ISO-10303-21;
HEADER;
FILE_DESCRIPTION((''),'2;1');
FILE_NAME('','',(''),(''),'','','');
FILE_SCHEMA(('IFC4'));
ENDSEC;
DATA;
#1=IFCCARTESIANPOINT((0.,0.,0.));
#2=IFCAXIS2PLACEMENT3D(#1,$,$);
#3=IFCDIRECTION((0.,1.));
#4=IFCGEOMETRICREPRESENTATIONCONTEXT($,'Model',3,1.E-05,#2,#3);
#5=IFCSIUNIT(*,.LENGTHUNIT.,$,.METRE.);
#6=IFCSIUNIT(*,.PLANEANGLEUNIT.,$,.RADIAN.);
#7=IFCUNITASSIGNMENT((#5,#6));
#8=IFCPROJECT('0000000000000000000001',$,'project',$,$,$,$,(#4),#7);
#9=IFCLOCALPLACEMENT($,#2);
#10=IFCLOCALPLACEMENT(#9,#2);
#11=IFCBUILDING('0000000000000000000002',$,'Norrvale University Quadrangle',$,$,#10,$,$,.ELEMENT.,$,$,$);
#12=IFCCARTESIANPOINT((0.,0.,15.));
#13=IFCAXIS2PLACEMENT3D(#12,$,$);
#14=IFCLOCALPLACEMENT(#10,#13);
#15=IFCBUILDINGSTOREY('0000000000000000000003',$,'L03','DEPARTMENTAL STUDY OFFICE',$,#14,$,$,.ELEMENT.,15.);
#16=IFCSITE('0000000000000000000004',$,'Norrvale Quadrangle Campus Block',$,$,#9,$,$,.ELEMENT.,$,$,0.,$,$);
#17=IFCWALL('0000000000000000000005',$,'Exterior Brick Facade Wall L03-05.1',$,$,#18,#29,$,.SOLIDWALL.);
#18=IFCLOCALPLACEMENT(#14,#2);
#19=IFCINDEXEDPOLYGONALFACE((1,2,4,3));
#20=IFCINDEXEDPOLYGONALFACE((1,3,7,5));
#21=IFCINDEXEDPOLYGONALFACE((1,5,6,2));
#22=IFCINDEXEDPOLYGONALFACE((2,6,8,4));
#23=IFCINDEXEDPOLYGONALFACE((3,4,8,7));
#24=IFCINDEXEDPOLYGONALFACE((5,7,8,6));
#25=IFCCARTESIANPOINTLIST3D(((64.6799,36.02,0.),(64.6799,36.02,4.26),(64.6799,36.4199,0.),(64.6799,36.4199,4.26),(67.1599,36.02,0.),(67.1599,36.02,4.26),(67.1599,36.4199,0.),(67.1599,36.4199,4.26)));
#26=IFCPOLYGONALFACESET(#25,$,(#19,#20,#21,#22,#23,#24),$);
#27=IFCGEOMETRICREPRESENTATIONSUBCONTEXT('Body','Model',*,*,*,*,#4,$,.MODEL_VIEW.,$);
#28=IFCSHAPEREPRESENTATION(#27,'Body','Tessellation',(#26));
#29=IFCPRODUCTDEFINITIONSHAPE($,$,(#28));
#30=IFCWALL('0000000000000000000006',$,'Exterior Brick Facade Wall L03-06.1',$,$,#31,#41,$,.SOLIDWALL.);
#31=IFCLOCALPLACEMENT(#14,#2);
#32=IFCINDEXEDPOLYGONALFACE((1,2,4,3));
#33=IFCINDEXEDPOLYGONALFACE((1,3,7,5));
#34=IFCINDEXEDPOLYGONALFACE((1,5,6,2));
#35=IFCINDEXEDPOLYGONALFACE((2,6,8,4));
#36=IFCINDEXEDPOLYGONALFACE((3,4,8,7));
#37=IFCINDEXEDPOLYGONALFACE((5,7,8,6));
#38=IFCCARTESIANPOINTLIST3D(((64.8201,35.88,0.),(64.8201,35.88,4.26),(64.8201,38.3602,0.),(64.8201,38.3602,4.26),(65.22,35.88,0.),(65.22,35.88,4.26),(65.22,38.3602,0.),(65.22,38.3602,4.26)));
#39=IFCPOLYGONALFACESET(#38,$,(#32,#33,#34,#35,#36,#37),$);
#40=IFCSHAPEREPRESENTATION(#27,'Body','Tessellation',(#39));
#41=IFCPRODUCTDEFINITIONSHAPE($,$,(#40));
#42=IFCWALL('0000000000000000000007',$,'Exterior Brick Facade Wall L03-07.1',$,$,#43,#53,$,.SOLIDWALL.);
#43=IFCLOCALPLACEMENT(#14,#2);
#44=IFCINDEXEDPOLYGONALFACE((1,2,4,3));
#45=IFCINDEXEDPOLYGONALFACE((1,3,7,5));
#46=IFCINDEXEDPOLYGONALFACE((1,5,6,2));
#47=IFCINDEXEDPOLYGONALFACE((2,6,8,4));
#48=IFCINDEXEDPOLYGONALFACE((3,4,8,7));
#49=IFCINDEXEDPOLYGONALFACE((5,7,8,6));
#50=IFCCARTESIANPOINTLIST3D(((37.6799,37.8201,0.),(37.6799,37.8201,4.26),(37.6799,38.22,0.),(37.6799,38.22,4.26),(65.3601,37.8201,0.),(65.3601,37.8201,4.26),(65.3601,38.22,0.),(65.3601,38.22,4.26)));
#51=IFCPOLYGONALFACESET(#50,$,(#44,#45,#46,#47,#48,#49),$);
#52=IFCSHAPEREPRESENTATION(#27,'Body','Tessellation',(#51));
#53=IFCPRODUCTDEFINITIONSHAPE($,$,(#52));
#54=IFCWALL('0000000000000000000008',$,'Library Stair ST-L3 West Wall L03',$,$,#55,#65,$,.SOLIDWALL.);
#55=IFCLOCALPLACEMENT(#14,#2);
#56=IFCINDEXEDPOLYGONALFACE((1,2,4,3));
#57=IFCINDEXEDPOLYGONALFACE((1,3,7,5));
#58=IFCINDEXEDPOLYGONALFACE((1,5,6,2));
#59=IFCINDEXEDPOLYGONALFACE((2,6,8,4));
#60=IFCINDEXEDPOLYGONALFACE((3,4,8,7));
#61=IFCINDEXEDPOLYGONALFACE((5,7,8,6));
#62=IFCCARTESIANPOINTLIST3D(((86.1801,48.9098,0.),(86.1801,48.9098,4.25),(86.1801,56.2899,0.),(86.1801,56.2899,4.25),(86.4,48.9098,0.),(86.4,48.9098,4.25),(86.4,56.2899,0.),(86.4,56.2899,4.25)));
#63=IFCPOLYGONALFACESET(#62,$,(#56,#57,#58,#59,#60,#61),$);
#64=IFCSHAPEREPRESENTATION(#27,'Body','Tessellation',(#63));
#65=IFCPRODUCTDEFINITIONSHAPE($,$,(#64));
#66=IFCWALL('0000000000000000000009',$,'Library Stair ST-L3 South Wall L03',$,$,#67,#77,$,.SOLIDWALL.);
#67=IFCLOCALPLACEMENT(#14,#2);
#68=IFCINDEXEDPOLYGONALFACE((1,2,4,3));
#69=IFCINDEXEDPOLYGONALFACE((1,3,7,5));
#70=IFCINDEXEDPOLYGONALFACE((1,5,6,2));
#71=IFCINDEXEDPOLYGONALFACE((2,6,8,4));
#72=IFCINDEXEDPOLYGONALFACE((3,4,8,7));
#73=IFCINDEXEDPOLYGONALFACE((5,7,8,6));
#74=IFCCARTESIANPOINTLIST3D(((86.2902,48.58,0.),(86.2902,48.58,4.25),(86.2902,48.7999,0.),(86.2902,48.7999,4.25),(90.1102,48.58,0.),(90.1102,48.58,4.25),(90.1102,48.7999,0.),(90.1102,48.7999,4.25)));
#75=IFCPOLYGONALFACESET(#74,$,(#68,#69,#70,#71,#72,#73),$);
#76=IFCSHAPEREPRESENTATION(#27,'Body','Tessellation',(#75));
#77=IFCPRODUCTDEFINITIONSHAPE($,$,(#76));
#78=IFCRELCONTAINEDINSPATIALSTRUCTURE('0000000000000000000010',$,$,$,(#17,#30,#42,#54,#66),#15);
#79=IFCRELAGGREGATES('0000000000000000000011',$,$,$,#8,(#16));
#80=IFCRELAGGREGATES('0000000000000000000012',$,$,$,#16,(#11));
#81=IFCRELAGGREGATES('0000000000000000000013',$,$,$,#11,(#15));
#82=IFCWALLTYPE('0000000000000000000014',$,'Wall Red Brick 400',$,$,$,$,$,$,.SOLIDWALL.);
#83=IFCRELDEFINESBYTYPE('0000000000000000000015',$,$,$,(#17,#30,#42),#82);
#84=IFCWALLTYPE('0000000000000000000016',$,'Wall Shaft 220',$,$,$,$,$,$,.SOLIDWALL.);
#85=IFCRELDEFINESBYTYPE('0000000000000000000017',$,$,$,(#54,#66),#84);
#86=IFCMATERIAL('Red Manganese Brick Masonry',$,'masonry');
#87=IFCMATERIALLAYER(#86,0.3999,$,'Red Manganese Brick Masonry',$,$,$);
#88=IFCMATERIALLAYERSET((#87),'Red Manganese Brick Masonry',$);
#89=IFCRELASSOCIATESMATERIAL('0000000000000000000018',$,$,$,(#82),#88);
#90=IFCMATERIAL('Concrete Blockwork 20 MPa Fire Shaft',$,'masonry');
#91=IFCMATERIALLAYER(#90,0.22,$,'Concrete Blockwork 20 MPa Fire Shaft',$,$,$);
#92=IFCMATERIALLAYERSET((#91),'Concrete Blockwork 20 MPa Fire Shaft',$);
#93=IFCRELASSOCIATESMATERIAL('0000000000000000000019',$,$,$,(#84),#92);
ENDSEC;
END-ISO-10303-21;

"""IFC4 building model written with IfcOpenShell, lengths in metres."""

from ifc_helpers import new_model, si_unit, direction, frame, frame_2d, origin, place, context, subcontext, project, spatial, rectangle, extrude, material, layer, layer_set, type_object, element, save


model = new_model("IFC4")

# Units and contexts
model_context = context("Model", 3, precision=1e-05, world=origin(), true_north=direction((0.0, 1.0)))
body_context = subcontext(model_context, "Body", "Model", "MODEL_VIEW")
ifc_project = project(units=[si_unit("LENGTHUNIT", "METRE"), si_unit("PLANEANGLEUNIT", "RADIAN")], contexts=[model_context])

# Site, building, storey
site_placement = place(None, origin())
site = spatial("IfcSite", under=ifc_project, at=site_placement, Name="Norrvale Quadrangle Campus Block", CompositionType="ELEMENT", RefElevation=0.0)
building_placement = place(site_placement, origin())
building = spatial("IfcBuilding", under=site, at=building_placement, Name="Norrvale University Quadrangle", CompositionType="ELEMENT")
storey_placement = place(building_placement, frame((0.0, 0.0, 15.0)))
storey = spatial("IfcBuildingStorey", under=building, at=storey_placement, Name="L03", Description="DEPARTMENTAL STUDY OFFICE", CompositionType="ELEMENT", Elevation=15.0)

# Walls
ifc_material_1 = material(Name="Red Manganese Brick Masonry", Category="masonry")
ifc_layer_1 = layer(ifc_material_1, 0.3999, Name="Red Manganese Brick Masonry")
ifc_layer_set_1 = layer_set([ifc_layer_1], Name="Red Manganese Brick Masonry")
wall_type_1 = type_object("IfcWallType", Name="Wall Red Brick 400", PredefinedType="SOLIDWALL", material=ifc_layer_set_1)
wall_1_placement = place(storey_placement, frame((67.1599, 36.22, 0.0), z_axis=(0.0, 0.0, 1.0), x_axis=(-1.0, 0.0, 0.0)))
element("IfcWall", 1, at=wall_1_placement, inside=storey, type_object=wall_type_1, Name="Exterior Brick Facade Wall L03-05.1", PredefinedType="SOLIDWALL", context=body_context, shape_type="SweptSolid", body=[
    extrude(rectangle(XDim=2.48, YDim=0.3999, at=frame_2d((1.24, 0.0))), origin(), (0.0, 0.0, 1.0), 4.26),
])
wall_2_placement = place(storey_placement, frame((65.02, 35.8799, 0.0), z_axis=(0.0, 0.0, 1.0), x_axis=(0.0, 1.0, 0.0)))
element("IfcWall", 2, at=wall_2_placement, inside=storey, type_object=wall_type_1, Name="Exterior Brick Facade Wall L03-06.1", PredefinedType="SOLIDWALL", context=body_context, shape_type="SweptSolid", body=[
    extrude(rectangle(XDim=2.4802, YDim=0.3999, at=frame_2d((1.2402, 0.0))), origin(), (0.0, 0.0, 1.0), 4.26),
])
wall_3_placement = place(storey_placement, frame((65.3601, 38.02, 0.0), z_axis=(0.0, 0.0, 1.0), x_axis=(-1.0, 0.0, 0.0)))
element("IfcWall", 3, at=wall_3_placement, inside=storey, type_object=wall_type_1, Name="Exterior Brick Facade Wall L03-07.1", PredefinedType="SOLIDWALL", context=body_context, shape_type="SweptSolid", body=[
    extrude(rectangle(XDim=27.6802, YDim=0.3999, at=frame_2d((13.8401, 0.0))), origin(), (0.0, 0.0, 1.0), 4.26),
])
ifc_material_2 = material(Name="Concrete Blockwork 20 MPa Fire Shaft", Category="masonry")
ifc_layer_2 = layer(ifc_material_2, 0.22, Name="Concrete Blockwork 20 MPa Fire Shaft")
ifc_layer_set_2 = layer_set([ifc_layer_2], Name="Concrete Blockwork 20 MPa Fire Shaft")
wall_type_2 = type_object("IfcWallType", Name="Wall Shaft 220", PredefinedType="SOLIDWALL", material=ifc_layer_set_2)
wall_4_placement = place(storey_placement, frame((86.29, 48.9099, 0.0), z_axis=(0.0, 0.0, 1.0), x_axis=(0.0, 1.0, 0.0)))
element("IfcWall", 4, at=wall_4_placement, inside=storey, type_object=wall_type_2, Name="Library Stair ST-L3 West Wall L03", PredefinedType="SOLIDWALL", context=body_context, shape_type="SweptSolid", body=[
    extrude(rectangle(XDim=7.3801, YDim=0.22, at=frame_2d((3.6899, 0.0))), origin(), (0.0, 0.0, 1.0), 4.25),
])
wall_5_placement = place(storey_placement, frame((86.29, 48.6899, 0.0), z_axis=(0.0, 0.0, 1.0), x_axis=(1.0, 0.0, 0.0)))
element("IfcWall", 5, at=wall_5_placement, inside=storey, type_object=wall_type_2, Name="Library Stair ST-L3 South Wall L03", PredefinedType="SOLIDWALL", context=body_context, shape_type="SweptSolid", body=[
    extrude(rectangle(XDim=3.8201, YDim=0.22, at=frame_2d((1.9102, 0.0))), origin(), (0.0, 0.0, 1.0), 4.25),
])

save(model, "model.ifc")
